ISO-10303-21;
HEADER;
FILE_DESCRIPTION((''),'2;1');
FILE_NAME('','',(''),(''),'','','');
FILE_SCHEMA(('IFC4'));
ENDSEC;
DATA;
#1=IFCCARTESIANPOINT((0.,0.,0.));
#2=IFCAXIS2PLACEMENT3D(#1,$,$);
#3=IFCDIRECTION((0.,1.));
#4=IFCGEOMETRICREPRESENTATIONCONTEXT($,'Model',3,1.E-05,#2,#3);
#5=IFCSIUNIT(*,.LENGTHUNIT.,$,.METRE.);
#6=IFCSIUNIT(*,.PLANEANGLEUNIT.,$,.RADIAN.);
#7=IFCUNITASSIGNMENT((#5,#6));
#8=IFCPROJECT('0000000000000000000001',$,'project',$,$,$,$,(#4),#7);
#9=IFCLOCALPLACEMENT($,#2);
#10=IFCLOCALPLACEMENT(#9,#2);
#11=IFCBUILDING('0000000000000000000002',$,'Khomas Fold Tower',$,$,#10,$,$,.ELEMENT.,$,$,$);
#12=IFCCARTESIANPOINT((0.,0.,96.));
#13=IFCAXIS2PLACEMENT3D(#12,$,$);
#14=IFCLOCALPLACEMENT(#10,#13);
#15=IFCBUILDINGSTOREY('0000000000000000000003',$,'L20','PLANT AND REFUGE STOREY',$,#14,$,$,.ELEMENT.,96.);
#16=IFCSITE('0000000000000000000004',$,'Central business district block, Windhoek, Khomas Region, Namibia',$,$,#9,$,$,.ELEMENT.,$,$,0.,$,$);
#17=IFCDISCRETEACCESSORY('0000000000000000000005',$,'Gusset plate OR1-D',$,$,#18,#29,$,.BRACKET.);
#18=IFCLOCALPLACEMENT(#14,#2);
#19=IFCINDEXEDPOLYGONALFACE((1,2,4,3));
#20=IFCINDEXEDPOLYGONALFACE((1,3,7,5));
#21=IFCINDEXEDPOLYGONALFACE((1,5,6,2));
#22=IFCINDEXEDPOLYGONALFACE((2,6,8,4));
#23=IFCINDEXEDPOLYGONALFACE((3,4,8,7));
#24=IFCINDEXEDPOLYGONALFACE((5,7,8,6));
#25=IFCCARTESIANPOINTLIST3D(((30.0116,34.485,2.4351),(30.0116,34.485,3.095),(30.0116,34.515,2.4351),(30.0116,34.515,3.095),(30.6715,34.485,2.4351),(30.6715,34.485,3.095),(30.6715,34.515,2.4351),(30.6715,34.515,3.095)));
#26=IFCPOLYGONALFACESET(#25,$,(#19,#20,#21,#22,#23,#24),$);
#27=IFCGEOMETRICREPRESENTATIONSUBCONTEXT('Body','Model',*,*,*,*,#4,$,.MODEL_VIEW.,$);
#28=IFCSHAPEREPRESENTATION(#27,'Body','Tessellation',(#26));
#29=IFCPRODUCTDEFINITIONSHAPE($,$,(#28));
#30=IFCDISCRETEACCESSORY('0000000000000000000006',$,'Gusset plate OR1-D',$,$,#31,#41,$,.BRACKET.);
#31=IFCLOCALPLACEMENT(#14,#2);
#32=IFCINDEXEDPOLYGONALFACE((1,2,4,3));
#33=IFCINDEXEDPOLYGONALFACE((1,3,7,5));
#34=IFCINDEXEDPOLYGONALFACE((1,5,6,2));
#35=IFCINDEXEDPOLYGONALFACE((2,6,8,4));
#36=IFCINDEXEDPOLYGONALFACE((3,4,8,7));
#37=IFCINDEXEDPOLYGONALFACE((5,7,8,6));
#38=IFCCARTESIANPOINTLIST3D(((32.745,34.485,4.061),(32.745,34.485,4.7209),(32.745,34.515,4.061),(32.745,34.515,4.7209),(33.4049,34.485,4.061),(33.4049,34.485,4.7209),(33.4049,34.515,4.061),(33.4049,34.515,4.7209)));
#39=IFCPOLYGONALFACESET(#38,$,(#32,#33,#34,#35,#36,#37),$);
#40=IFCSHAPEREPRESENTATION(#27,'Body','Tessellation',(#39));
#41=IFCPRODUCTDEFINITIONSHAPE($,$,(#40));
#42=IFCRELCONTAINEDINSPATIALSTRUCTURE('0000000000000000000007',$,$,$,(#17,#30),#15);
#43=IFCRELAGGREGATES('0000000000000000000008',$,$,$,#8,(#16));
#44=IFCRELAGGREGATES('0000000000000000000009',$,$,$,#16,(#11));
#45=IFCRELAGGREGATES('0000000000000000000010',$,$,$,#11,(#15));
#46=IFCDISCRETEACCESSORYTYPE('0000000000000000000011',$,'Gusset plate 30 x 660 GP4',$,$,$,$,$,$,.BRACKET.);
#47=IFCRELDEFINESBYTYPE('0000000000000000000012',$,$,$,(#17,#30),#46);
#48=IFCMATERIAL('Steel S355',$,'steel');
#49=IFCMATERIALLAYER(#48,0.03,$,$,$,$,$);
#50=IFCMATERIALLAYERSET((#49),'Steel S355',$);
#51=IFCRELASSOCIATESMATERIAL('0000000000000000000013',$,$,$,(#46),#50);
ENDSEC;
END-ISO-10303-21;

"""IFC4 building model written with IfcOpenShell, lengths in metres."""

from ifc_helpers import new_model, si_unit, direction, frame, origin, origin_2d, place, context, subcontext, project, spatial, rectangle, extrude, source, transform, mapped, material, layer, layer_set, type_object, element, save


model = new_model("IFC4")

# Units and contexts
model_context = context("Model", 3, precision=1e-05, world=origin(), true_north=direction((0.0, 1.0)))
body_context = subcontext(model_context, "Body", "Model", "MODEL_VIEW")
ifc_project = project(units=[si_unit("LENGTHUNIT", "METRE"), si_unit("PLANEANGLEUNIT", "RADIAN")], contexts=[model_context])

# Site, building, storey
site_placement = place(None, origin())
site = spatial("IfcSite", under=ifc_project, at=site_placement, Name="Central business district block, Windhoek, Khomas Region, Namibia", CompositionType="ELEMENT", RefElevation=0.0)
building_placement = place(site_placement, origin())
building = spatial("IfcBuilding", under=site, at=building_placement, Name="Khomas Fold Tower", CompositionType="ELEMENT")
storey_placement = place(building_placement, frame((0.0, 0.0, 96.0)))
storey = spatial("IfcBuildingStorey", under=building, at=storey_placement, Name="L20", Description="PLANT AND REFUGE STOREY", CompositionType="ELEMENT", Elevation=96.0)

# Discrete accessories
ifc_material_1 = material(Name="Steel S355", Category="steel")
ifc_layer_1 = layer(ifc_material_1, 0.03)
ifc_layer_set_1 = layer_set([ifc_layer_1], Name="Steel S355")
discrete_accessory_type = type_object("IfcDiscreteAccessoryType", Name="Gusset plate 30 x 660 GP4", PredefinedType="BRACKET", material=ifc_layer_set_1)
shared_shape_1 = source(origin(), body_context, "Body", "SweptSolid", [
    extrude(rectangle(XDim=0.6599, YDim=0.03, at=origin_2d()), origin(), (0.0, 0.0, 1.0), 0.6599),
])
for number, where, z_axis, x_axis, name in (
    (1, (30.3416, 34.5, 2.4351), (0.0, 0.0, 1.0), (1.0, 0.0, 0.0), "Gusset plate OR1-D"),
    (2, (33.075, 34.5, 4.061), (0.0, 0.0, 1.0), (1.0, 0.0, 0.0), "Gusset plate OR1-D"),
):
    element("IfcDiscreteAccessory", number, at=place(storey_placement, frame(where, z_axis=z_axis, x_axis=x_axis)), inside=storey, type_object=discrete_accessory_type, Name=name, PredefinedType="BRACKET", context=body_context, shape_type="MappedRepresentation", body=[
        mapped(shared_shape_1, transform((0.0, 0.0, 0.0))),
    ])

save(model, "model.ifc")
